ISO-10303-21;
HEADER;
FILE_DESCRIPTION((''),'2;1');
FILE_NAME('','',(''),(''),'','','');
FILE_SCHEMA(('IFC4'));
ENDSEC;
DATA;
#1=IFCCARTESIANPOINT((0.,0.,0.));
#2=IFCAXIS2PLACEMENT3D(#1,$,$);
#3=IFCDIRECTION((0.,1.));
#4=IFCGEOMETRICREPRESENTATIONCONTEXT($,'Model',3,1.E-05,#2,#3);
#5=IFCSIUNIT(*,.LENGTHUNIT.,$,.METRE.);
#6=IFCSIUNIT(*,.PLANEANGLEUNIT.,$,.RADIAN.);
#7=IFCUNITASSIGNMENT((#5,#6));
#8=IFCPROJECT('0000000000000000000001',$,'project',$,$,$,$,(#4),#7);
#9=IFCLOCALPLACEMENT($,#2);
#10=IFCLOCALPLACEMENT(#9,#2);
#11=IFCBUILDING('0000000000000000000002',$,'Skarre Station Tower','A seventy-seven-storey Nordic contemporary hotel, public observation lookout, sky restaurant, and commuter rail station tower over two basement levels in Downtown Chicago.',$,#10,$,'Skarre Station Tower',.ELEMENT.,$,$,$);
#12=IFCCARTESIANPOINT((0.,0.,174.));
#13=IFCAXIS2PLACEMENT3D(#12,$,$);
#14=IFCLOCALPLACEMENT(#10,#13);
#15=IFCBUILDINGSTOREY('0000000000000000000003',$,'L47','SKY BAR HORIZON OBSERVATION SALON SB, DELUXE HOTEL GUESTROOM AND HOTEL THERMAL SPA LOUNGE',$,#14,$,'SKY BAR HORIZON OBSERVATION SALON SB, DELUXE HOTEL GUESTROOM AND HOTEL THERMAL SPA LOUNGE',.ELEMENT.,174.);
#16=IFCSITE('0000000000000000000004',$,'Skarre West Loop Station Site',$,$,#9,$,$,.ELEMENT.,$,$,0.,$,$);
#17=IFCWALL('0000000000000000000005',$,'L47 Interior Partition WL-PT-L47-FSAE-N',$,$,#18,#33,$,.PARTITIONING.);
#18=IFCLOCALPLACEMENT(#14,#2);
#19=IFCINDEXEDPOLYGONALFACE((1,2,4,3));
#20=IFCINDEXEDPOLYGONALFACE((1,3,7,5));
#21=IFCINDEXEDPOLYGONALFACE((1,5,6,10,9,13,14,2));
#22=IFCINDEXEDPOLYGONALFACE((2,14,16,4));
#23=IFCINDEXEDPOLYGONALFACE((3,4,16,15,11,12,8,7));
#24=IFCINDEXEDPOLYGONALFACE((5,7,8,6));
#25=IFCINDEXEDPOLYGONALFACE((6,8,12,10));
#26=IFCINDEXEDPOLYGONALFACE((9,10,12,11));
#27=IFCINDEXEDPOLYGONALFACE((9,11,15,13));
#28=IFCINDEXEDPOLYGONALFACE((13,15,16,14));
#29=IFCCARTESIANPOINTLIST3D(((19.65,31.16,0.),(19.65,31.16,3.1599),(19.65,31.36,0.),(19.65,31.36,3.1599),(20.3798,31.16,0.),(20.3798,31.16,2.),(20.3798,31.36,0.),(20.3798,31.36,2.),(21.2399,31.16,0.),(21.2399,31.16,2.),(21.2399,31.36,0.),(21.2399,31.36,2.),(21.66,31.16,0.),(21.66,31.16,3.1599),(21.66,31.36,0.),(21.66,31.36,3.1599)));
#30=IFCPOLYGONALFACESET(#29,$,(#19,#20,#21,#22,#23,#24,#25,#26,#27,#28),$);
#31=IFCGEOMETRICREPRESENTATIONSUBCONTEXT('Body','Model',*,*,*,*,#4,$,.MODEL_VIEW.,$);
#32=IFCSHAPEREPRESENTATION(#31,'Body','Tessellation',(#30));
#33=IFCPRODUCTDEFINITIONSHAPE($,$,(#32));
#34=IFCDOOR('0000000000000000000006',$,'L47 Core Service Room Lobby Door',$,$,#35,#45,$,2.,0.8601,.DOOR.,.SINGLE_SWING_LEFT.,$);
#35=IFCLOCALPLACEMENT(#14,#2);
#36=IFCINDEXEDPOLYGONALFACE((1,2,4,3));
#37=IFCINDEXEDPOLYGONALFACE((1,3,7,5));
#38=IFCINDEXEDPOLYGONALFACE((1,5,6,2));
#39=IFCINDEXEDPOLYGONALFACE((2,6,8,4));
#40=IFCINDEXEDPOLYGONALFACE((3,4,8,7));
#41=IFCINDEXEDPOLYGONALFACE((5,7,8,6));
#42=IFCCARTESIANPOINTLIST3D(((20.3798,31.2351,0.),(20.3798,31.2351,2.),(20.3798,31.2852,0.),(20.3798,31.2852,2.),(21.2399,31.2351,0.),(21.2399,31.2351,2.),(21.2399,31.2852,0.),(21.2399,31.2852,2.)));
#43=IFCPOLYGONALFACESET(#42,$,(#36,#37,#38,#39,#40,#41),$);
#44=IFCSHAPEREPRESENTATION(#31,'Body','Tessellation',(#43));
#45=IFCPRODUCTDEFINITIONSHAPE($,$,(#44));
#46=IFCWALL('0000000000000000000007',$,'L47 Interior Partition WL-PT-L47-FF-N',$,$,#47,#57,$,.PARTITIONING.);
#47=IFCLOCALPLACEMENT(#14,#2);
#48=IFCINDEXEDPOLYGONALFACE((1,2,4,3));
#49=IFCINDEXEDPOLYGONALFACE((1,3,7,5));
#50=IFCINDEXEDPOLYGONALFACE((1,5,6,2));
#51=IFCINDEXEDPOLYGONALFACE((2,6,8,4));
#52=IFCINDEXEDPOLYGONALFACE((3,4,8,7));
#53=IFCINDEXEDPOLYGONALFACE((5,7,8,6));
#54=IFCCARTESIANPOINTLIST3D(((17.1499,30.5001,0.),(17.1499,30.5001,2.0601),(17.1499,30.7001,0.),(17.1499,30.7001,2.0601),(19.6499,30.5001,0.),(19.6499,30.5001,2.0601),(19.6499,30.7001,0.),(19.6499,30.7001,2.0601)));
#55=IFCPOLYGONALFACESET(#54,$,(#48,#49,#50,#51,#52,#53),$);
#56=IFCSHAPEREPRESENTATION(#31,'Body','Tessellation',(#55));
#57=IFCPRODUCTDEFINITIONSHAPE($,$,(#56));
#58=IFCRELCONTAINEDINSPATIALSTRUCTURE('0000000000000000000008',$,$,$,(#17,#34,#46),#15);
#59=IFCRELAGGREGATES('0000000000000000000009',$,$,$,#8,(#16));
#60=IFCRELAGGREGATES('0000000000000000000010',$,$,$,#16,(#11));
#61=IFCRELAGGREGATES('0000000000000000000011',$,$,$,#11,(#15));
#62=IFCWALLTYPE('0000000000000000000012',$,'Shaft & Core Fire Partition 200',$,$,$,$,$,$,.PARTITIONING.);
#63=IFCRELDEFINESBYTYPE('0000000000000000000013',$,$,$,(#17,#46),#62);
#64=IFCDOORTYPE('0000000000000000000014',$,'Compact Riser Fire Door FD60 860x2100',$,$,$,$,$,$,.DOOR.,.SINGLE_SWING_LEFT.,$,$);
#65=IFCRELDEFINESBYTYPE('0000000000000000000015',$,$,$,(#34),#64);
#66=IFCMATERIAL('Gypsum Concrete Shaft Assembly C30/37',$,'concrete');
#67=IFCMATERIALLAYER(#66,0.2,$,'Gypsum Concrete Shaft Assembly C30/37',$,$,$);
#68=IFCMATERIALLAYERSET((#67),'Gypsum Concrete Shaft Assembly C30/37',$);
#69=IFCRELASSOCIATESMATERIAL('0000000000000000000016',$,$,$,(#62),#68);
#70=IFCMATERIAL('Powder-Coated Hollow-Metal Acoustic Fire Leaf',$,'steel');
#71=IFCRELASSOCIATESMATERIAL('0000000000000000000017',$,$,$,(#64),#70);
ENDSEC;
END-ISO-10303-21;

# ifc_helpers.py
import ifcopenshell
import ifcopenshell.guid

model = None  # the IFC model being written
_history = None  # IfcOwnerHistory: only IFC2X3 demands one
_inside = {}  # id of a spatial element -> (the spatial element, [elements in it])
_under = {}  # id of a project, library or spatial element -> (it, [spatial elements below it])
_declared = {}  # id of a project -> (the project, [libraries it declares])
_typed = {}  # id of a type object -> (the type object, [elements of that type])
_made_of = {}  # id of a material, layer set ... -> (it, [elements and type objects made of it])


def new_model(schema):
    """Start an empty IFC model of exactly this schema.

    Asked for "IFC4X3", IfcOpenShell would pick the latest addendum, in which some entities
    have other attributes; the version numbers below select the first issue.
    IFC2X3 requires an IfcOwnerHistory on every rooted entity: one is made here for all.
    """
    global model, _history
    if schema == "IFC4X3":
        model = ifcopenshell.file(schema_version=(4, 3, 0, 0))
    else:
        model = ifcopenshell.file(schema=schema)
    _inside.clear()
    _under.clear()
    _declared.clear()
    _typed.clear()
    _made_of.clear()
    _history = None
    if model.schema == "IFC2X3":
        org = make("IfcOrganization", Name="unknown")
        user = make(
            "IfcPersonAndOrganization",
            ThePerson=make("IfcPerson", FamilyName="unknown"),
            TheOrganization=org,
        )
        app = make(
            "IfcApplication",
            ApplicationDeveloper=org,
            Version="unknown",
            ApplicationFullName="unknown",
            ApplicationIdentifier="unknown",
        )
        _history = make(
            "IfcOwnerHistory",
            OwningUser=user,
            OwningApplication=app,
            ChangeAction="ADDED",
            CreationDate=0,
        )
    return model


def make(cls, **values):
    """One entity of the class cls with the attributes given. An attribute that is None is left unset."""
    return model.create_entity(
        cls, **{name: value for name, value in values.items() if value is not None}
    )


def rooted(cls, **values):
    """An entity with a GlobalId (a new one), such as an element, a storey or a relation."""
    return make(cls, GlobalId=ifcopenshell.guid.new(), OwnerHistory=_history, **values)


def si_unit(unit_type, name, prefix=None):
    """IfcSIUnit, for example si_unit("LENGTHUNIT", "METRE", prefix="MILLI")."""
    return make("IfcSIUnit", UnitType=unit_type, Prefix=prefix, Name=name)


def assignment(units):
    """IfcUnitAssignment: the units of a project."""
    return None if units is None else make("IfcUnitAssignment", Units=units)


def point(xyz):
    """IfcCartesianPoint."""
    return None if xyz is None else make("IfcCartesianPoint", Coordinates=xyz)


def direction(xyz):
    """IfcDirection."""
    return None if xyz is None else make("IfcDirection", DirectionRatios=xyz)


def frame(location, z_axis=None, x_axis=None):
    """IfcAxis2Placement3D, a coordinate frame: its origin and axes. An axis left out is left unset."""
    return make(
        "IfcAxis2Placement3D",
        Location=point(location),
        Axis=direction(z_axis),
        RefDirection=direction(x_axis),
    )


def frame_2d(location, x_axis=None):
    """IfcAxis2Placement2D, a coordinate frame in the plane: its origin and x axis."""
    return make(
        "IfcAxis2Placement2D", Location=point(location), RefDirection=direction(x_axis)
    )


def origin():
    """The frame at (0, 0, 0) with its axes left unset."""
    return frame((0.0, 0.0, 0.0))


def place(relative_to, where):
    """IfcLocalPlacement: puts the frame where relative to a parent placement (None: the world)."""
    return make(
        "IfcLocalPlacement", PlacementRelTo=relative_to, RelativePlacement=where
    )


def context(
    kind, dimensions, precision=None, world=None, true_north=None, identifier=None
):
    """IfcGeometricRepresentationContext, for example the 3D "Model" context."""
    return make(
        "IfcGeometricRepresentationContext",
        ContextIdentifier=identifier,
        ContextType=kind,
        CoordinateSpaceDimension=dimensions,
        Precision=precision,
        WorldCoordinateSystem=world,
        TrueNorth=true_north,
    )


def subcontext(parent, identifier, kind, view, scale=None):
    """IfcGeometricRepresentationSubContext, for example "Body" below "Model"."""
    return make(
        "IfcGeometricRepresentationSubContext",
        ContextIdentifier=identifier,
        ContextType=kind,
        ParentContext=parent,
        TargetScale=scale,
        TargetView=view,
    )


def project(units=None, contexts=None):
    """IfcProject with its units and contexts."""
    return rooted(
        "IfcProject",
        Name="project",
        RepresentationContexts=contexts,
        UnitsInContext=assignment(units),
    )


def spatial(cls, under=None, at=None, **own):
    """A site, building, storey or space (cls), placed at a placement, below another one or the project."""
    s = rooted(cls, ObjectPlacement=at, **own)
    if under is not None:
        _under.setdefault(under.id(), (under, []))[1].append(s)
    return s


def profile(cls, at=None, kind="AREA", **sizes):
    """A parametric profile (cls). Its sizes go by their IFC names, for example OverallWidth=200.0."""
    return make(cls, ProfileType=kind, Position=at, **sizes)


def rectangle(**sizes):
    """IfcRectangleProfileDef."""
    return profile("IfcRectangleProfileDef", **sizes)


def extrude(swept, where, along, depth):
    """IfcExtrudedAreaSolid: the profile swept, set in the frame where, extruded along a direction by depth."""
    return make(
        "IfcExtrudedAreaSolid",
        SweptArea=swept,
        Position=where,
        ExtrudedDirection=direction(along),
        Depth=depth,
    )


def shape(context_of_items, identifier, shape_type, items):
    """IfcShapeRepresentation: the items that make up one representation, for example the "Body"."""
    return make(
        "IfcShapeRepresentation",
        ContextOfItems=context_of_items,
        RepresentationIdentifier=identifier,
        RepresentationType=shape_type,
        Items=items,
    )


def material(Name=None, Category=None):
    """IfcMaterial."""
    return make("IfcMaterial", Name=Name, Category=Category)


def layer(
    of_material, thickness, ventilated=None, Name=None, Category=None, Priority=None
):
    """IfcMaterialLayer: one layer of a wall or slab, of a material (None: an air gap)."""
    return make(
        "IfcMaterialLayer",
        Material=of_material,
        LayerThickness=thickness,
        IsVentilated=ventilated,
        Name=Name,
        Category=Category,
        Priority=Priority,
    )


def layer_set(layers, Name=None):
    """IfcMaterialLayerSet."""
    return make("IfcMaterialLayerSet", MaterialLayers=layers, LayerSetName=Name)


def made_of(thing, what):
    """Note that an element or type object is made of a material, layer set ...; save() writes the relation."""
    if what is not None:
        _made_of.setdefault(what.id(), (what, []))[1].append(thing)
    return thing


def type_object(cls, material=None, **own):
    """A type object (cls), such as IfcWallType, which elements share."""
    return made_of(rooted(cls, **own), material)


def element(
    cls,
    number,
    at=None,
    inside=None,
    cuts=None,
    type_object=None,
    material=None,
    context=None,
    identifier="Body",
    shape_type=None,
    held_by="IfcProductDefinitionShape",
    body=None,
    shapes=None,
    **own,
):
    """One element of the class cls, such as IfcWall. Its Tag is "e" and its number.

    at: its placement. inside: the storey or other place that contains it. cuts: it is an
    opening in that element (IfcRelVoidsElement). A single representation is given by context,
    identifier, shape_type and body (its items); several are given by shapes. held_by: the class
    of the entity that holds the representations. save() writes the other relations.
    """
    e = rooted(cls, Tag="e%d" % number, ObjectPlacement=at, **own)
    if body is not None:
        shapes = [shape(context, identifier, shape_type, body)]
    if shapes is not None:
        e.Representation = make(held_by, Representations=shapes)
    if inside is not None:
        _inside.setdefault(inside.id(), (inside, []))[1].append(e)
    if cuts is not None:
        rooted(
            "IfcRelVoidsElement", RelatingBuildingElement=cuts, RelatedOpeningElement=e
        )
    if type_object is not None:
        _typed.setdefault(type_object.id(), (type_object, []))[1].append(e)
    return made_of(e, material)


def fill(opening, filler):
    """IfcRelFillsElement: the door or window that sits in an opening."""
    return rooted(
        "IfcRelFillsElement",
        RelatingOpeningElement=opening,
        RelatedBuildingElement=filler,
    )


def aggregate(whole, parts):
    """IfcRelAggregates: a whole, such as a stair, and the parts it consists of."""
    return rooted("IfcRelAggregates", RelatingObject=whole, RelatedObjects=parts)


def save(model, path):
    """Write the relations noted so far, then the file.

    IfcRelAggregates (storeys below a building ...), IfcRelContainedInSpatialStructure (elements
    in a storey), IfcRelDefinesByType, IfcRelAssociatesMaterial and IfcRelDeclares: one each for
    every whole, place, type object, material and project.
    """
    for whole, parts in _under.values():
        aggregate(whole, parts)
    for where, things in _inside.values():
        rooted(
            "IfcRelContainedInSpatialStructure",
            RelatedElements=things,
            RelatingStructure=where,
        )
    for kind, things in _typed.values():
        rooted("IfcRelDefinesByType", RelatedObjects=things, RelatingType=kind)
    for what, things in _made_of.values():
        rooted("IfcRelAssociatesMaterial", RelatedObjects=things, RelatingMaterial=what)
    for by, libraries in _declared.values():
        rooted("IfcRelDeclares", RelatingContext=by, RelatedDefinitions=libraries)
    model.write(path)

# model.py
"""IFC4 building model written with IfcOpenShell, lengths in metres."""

from ifc_helpers import new_model, si_unit, direction, frame, frame_2d, origin, place, context, subcontext, project, spatial, rectangle, extrude, material, layer, layer_set, type_object, element, fill, save


model = new_model("IFC4")

# Units and contexts
model_context = context("Model", 3, precision=1e-05, world=origin(), true_north=direction((0.0, 1.0)))
body_context = subcontext(model_context, "Body", "Model", "MODEL_VIEW")
ifc_project = project(units=[si_unit("LENGTHUNIT", "METRE"), si_unit("PLANEANGLEUNIT", "RADIAN")], contexts=[model_context])

# Site, building, storey
site_placement = place(None, origin())
site = spatial("IfcSite", under=ifc_project, at=site_placement, Name="Skarre West Loop Station Site", CompositionType="ELEMENT", RefElevation=0.0)
building_placement = place(site_placement, origin())
building = spatial("IfcBuilding", under=site, at=building_placement, Name="Skarre Station Tower", Description="A seventy-seven-storey Nordic contemporary hotel, public observation lookout, sky restaurant, and commuter rail station tower over two basement levels in Downtown Chicago.", LongName="Skarre Station Tower", CompositionType="ELEMENT")
storey_placement = place(building_placement, frame((0.0, 0.0, 174.0)))
storey = spatial("IfcBuildingStorey", under=building, at=storey_placement, Name="L47", Description="SKY BAR HORIZON OBSERVATION SALON SB, DELUXE HOTEL GUESTROOM AND HOTEL THERMAL SPA LOUNGE", LongName="SKY BAR HORIZON OBSERVATION SALON SB, DELUXE HOTEL GUESTROOM AND HOTEL THERMAL SPA LOUNGE", CompositionType="ELEMENT", Elevation=174.0)

# Wall, opening, door
ifc_material_1 = material(Name="Gypsum Concrete Shaft Assembly C30/37", Category="concrete")
ifc_layer_1 = layer(ifc_material_1, 0.2, Name="Gypsum Concrete Shaft Assembly C30/37")
ifc_layer_set_1 = layer_set([ifc_layer_1], Name="Gypsum Concrete Shaft Assembly C30/37")
wall_type_1 = type_object("IfcWallType", Name="Shaft & Core Fire Partition 200", PredefinedType="PARTITIONING", material=ifc_layer_set_1)
wall_1_placement = place(storey_placement, frame((21.6599, 31.26, 0.0), z_axis=(0.0, 0.0, 1.0), x_axis=(-1.0, 0.0, 0.0)))
wall_1 = element("IfcWall", 1, at=wall_1_placement, inside=storey, type_object=wall_type_1, Name="L47 Interior Partition WL-PT-L47-FSAE-N", PredefinedType="PARTITIONING", context=body_context, shape_type="SweptSolid", body=[
    extrude(rectangle(XDim=2.01, YDim=0.2, at=frame_2d((1.0049, 0.0))), origin(), (0.0, 0.0, 1.0), 3.1599),
])
opening_1_placement = place(wall_1_placement, frame((0.4199, 0.0, 0.0)))
opening_1 = element("IfcOpeningElement", 2, at=opening_1_placement, cuts=wall_1, PredefinedType="OPENING", context=body_context, shape_type="SweptSolid", body=[
    extrude(rectangle(XDim=0.8601, YDim=2.0, at=frame_2d((0.4302, 1.0))), frame((0.0, 0.1099, 0.0), z_axis=(0.0, -1.0, 0.0), x_axis=(1.0, 0.0, 0.0)), (0.0, 0.0, 1.0), 0.22),
])
ifc_material_2 = material(Name="Powder-Coated Hollow-Metal Acoustic Fire Leaf", Category="steel")
door_type_1 = type_object("IfcDoorType", Name="Compact Riser Fire Door FD60 860x2100", OperationType="SINGLE_SWING_LEFT", PredefinedType="DOOR", material=ifc_material_2)
door_1_placement = place(opening_1_placement, origin())
door_1 = element("IfcDoor", 3, at=door_1_placement, inside=storey, type_object=door_type_1, Name="L47 Core Service Room Lobby Door", OperationType="SINGLE_SWING_LEFT", OverallHeight=2.0, OverallWidth=0.8601, PredefinedType="DOOR", context=body_context, shape_type="SweptSolid", body=[
    extrude(rectangle(XDim=0.8601, YDim=2.0, at=frame_2d((0.4302, 1.0))), frame((0.0, 0.0249, 0.0), z_axis=(0.0, -1.0, 0.0), x_axis=(1.0, 0.0, 0.0)), (0.0, 0.0, 1.0), 0.05),
])
fill(opening_1, door_1)

# Wall
wall_2_placement = place(storey_placement, frame((19.6499, 30.6001, 0.0), z_axis=(0.0, 0.0, 1.0), x_axis=(-1.0, 0.0, 0.0)))
element("IfcWall", 4, at=wall_2_placement, inside=storey, type_object=wall_type_1, Name="L47 Interior Partition WL-PT-L47-FF-N", PredefinedType="PARTITIONING", context=body_context, shape_type="SweptSolid", body=[
    extrude(rectangle(XDim=2.5, YDim=0.2, at=frame_2d((1.25, 0.0))), origin(), (0.0, 0.0, 1.0), 2.0601),
])

save(model, "model.ifc")
